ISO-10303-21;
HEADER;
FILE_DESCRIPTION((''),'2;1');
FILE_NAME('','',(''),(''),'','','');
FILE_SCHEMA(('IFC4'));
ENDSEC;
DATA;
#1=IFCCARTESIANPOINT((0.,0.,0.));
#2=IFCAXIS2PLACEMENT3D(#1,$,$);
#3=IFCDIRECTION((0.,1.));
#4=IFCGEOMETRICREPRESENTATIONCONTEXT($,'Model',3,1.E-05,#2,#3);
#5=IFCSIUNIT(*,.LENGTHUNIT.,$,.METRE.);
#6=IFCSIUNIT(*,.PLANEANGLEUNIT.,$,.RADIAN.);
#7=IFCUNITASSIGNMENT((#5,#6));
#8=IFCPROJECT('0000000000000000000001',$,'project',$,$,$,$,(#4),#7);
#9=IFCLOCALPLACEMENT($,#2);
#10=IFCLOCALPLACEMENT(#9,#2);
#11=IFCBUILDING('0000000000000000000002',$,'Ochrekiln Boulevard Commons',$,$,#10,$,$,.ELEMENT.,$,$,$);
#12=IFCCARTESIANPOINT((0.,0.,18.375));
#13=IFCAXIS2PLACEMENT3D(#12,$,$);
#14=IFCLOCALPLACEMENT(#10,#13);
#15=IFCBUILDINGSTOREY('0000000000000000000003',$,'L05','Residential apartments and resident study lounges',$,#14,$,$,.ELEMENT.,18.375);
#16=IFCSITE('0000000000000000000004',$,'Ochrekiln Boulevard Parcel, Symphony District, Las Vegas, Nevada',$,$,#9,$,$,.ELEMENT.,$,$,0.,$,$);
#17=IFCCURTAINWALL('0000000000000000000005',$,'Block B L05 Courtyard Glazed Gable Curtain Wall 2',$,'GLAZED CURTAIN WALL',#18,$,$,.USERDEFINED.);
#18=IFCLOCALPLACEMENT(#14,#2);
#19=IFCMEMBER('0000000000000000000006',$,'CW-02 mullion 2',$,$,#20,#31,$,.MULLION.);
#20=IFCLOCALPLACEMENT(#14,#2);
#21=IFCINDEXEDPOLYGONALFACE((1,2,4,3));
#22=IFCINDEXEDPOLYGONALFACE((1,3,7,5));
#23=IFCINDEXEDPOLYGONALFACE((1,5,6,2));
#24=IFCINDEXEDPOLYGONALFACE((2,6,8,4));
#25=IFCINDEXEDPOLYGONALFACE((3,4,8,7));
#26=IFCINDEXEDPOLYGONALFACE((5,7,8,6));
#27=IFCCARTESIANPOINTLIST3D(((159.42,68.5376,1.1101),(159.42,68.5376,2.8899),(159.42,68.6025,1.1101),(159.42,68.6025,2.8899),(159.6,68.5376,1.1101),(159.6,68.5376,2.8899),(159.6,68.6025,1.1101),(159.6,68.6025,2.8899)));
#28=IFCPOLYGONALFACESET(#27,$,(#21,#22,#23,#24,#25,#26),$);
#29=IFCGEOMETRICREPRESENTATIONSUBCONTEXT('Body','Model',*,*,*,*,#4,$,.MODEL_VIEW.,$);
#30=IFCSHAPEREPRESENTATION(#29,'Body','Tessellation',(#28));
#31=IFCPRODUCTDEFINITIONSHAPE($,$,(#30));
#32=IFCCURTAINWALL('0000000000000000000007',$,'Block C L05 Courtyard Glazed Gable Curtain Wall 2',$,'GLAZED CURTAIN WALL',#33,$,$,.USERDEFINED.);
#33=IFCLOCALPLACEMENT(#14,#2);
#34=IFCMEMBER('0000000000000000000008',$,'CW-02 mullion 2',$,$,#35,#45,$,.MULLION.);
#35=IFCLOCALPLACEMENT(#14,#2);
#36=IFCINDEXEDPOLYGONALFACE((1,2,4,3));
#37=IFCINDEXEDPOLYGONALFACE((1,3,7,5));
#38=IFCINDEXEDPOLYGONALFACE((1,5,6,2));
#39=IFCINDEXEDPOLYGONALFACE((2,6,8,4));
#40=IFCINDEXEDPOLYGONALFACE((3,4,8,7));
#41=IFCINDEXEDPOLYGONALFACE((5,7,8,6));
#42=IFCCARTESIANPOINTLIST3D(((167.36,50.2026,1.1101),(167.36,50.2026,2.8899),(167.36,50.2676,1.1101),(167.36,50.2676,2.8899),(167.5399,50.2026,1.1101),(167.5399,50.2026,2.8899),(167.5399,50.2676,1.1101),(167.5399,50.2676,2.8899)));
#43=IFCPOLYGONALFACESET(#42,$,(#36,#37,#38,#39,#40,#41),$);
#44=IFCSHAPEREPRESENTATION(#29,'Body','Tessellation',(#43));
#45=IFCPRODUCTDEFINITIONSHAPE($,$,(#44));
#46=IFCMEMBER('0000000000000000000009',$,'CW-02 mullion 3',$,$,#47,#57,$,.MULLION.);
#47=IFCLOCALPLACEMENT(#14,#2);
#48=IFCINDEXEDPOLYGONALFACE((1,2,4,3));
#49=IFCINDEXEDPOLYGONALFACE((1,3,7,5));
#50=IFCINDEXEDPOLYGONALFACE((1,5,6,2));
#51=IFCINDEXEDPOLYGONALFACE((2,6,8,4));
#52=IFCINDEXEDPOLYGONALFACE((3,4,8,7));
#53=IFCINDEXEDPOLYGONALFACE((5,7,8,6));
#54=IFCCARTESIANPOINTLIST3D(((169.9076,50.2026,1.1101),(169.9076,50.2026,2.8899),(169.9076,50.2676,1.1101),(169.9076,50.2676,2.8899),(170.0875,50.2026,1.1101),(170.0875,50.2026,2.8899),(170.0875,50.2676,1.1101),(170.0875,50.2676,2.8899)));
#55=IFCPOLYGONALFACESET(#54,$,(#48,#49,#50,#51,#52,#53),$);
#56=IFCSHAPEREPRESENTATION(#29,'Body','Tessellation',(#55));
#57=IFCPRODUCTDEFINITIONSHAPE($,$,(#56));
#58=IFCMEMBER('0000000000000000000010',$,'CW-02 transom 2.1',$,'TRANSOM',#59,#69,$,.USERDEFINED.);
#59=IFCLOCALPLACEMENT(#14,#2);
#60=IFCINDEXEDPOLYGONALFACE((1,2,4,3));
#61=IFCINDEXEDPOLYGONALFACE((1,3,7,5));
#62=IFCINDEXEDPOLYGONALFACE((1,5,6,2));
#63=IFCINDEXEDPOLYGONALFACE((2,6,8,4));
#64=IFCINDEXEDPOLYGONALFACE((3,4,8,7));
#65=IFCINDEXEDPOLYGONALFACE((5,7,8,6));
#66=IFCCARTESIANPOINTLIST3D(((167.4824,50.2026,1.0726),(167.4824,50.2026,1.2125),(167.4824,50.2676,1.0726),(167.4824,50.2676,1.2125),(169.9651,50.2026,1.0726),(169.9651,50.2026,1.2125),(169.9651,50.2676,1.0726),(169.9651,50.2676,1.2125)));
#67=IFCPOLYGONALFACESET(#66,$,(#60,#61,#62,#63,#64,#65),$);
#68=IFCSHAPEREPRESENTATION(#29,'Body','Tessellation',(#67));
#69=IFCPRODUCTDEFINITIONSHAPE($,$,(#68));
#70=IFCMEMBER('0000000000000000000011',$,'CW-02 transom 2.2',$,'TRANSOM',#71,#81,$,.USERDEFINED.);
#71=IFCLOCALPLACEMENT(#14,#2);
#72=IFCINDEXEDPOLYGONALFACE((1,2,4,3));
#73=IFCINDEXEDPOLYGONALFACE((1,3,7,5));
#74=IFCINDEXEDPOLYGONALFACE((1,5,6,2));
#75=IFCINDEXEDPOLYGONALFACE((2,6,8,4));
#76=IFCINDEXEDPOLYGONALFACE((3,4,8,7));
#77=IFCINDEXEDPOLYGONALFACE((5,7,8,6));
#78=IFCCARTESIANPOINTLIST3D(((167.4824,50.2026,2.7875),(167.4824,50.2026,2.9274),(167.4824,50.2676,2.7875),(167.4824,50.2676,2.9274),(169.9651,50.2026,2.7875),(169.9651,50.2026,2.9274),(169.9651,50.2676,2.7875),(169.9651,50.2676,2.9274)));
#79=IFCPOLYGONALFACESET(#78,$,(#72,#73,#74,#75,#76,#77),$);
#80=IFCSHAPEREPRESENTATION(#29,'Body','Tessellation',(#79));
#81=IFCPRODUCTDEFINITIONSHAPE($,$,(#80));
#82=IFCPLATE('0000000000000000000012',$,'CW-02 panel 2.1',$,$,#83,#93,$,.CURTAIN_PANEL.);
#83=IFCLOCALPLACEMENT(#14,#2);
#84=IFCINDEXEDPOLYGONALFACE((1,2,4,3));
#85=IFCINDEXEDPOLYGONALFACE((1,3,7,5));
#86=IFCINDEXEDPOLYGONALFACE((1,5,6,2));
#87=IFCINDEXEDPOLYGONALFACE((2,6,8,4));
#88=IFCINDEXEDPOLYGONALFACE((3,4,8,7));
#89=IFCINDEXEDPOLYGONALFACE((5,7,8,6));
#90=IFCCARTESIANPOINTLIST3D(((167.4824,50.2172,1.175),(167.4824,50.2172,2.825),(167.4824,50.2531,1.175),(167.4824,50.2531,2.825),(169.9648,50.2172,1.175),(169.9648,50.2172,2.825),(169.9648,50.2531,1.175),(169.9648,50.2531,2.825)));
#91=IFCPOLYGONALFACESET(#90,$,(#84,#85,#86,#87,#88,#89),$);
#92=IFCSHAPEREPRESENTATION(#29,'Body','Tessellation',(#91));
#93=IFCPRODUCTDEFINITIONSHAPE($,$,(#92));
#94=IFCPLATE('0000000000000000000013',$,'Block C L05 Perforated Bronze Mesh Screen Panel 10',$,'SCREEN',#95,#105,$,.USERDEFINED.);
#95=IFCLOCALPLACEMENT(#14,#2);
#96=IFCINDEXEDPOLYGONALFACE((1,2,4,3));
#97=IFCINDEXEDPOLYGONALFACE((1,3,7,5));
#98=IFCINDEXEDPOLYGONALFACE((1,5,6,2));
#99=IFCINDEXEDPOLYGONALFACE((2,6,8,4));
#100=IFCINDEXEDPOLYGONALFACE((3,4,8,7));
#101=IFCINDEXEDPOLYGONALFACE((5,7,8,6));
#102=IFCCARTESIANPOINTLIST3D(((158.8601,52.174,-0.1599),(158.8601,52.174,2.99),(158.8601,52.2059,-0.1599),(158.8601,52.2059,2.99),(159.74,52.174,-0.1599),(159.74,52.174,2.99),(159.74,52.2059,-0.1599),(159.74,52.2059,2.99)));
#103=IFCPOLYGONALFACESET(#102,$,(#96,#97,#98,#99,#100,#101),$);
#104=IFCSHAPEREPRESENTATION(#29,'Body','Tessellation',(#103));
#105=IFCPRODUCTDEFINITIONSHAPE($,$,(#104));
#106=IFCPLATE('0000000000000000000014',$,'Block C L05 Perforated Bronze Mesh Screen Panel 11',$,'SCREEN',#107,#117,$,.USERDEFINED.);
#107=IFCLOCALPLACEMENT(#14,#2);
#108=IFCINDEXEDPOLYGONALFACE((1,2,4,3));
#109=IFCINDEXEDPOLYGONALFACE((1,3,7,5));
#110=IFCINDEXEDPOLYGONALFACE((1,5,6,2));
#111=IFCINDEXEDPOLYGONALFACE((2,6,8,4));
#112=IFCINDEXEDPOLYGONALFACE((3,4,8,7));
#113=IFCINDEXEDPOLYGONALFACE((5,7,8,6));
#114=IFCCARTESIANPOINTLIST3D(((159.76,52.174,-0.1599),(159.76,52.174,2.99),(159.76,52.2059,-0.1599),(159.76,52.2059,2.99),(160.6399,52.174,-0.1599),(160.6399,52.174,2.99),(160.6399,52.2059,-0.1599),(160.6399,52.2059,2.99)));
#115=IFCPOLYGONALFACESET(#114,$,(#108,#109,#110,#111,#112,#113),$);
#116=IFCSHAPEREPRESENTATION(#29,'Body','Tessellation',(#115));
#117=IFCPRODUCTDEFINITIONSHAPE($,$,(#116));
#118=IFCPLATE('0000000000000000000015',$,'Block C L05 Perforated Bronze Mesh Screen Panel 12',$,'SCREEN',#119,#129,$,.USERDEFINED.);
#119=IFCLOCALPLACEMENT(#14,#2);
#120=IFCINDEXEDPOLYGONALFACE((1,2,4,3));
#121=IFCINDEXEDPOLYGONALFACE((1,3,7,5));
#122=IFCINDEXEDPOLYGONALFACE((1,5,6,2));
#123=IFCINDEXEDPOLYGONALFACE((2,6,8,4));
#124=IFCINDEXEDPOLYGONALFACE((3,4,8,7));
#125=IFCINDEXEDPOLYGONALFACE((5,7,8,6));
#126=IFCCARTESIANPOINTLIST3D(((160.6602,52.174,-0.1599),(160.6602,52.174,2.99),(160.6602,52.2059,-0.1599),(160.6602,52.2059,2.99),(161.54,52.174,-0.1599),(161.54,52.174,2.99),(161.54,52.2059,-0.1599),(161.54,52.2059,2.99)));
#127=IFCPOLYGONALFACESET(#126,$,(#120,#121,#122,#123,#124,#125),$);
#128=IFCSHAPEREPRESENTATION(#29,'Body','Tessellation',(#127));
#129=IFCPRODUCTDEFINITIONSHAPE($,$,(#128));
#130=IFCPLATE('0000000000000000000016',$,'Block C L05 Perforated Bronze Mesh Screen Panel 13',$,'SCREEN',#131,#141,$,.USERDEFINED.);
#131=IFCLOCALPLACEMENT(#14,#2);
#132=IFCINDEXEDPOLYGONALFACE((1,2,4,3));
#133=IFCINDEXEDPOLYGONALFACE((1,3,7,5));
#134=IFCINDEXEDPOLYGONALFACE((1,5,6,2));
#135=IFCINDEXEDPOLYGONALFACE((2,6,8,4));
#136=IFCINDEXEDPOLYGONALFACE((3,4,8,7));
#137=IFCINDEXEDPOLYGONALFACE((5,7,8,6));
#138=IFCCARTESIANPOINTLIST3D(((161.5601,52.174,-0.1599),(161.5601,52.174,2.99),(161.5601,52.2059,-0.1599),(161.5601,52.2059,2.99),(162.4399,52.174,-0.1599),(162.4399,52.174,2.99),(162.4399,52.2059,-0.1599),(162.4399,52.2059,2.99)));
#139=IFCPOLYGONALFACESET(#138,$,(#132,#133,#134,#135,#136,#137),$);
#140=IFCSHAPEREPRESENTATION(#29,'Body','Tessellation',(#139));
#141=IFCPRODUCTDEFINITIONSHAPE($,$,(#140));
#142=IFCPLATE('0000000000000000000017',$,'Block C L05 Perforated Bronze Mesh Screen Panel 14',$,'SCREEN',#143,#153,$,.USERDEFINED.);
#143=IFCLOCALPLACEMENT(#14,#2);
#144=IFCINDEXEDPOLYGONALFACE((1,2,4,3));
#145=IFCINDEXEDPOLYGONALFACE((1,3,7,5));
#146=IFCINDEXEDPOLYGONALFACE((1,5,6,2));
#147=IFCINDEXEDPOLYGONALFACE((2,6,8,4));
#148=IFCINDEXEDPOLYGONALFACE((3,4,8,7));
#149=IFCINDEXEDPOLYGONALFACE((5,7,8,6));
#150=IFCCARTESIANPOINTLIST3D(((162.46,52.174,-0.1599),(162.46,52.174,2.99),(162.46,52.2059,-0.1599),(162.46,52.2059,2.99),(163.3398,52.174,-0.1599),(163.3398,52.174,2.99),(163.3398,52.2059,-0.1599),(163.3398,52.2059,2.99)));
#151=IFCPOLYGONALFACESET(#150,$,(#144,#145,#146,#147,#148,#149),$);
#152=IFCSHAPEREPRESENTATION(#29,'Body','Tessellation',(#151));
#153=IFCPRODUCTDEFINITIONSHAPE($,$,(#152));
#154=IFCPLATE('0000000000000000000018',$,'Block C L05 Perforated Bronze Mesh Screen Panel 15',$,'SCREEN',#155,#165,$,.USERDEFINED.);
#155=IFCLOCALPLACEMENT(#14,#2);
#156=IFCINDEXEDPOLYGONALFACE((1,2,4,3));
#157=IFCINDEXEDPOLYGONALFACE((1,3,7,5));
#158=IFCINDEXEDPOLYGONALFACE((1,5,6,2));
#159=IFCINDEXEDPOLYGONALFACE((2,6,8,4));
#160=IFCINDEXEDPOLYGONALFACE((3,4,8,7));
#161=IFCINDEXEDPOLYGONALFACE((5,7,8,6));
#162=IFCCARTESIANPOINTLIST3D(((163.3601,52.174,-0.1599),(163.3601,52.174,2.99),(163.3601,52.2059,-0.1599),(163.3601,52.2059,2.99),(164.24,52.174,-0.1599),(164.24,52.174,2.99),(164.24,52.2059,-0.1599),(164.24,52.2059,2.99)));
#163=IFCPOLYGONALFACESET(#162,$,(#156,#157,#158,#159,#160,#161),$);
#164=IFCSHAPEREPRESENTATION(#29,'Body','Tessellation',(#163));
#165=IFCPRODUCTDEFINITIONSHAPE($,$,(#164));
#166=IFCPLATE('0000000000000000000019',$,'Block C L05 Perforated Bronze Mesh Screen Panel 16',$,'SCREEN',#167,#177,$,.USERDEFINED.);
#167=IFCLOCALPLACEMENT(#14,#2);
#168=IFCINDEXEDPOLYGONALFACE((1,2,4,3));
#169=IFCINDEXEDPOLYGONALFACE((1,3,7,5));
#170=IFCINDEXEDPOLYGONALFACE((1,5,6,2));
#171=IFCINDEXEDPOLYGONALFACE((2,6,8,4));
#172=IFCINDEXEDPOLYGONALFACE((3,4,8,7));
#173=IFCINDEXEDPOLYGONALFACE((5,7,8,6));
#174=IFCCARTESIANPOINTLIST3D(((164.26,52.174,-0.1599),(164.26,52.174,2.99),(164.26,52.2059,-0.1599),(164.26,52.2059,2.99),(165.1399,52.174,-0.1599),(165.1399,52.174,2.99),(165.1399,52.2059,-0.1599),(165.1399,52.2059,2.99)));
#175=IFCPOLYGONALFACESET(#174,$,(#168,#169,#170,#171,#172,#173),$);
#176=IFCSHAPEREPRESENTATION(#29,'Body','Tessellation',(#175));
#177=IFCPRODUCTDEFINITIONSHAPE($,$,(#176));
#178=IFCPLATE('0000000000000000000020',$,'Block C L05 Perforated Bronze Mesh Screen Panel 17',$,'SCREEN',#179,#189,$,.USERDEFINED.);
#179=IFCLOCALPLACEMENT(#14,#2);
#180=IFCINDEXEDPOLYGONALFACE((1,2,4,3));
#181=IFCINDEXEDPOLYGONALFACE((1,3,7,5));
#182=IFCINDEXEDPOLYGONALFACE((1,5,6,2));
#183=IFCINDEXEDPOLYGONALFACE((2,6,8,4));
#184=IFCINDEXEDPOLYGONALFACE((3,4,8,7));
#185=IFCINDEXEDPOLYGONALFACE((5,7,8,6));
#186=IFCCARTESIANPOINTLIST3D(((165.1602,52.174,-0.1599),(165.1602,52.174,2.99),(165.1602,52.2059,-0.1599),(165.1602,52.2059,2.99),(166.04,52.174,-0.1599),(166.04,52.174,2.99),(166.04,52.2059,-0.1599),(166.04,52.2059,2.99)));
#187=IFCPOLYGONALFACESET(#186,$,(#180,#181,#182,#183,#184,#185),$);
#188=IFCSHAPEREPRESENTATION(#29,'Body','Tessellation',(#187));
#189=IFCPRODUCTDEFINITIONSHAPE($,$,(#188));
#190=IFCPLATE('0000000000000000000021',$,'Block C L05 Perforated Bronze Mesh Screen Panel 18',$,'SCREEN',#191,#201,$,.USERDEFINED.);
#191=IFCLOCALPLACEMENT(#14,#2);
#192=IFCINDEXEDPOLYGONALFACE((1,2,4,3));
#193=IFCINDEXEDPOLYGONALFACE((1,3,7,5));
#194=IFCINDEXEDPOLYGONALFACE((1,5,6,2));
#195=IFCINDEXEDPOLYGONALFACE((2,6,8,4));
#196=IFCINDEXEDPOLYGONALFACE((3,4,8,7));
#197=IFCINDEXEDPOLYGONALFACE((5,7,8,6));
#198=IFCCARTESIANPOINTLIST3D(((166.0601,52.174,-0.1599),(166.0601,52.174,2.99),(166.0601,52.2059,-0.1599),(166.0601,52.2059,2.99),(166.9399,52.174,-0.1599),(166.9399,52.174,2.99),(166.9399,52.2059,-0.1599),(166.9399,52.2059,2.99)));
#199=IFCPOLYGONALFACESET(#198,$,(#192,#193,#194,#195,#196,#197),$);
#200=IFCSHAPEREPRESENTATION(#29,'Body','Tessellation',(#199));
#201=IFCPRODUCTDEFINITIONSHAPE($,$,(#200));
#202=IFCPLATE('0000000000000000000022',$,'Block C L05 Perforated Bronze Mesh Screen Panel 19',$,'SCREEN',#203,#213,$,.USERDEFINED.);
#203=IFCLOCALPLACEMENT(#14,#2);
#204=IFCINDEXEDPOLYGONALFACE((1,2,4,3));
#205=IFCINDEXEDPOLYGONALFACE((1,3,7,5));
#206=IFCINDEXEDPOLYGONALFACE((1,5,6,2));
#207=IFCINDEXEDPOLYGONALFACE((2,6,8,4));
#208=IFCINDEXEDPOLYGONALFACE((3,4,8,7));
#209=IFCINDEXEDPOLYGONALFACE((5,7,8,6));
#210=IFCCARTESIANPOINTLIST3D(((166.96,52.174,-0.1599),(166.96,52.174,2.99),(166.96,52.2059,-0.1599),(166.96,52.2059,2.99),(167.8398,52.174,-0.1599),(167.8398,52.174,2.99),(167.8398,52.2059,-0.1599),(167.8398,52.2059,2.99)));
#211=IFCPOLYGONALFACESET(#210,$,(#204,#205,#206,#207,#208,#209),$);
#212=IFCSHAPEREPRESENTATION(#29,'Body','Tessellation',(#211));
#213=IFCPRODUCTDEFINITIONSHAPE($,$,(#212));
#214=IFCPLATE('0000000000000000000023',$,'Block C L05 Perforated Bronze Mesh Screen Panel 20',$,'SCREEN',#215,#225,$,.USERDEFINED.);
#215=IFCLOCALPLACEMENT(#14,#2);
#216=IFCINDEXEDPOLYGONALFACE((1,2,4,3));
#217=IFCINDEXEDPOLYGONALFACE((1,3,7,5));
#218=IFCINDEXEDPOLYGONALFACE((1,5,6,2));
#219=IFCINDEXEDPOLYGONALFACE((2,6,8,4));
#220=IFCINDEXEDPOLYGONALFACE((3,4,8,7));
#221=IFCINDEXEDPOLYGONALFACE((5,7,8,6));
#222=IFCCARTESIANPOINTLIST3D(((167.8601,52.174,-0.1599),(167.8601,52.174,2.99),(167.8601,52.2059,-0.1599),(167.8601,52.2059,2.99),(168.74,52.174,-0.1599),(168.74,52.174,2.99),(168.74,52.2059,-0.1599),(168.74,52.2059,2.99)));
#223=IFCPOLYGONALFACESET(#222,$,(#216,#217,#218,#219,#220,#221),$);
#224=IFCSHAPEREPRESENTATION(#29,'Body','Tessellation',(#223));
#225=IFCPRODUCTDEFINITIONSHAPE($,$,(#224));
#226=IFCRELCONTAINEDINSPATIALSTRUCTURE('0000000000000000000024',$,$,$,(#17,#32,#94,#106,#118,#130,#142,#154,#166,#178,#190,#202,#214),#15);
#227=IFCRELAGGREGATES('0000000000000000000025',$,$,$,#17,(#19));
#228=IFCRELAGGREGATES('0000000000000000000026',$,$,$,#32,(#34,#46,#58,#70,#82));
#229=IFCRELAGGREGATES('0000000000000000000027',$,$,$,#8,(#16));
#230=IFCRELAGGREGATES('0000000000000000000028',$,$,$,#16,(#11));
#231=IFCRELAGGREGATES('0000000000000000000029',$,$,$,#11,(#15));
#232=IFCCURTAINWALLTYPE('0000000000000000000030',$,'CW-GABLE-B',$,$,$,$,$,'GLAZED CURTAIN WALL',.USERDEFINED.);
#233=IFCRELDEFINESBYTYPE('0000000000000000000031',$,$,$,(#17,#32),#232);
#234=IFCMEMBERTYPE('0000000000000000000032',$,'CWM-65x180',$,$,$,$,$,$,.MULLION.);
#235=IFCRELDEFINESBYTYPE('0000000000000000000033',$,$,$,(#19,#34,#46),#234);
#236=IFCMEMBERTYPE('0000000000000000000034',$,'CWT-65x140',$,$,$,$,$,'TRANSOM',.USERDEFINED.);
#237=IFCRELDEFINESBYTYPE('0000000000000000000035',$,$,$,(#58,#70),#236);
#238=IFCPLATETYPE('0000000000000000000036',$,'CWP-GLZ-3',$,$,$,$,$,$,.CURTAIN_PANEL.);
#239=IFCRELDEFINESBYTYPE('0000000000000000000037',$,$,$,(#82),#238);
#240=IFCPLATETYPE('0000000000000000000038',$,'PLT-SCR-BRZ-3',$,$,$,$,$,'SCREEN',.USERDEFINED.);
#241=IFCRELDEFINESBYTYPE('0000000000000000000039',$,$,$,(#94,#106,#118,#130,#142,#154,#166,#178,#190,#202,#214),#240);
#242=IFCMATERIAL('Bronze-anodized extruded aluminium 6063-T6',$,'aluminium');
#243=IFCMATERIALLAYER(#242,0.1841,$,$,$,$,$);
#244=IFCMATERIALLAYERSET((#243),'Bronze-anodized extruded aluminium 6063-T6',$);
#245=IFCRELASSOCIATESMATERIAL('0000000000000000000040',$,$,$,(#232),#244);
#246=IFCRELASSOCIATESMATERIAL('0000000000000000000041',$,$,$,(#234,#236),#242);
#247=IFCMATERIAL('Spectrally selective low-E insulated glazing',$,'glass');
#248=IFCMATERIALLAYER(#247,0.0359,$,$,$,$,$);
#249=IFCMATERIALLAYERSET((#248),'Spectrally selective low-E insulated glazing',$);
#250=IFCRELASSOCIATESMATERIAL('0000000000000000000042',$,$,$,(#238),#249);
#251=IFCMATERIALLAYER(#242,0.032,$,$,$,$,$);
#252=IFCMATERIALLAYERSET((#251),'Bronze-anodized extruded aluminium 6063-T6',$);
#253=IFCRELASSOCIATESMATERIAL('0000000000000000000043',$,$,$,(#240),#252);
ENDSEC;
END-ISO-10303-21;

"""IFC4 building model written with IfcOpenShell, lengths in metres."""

from ifc_helpers import new_model, si_unit, direction, frame, origin, origin_2d, place, context, subcontext, project, spatial, rectangle, extrude, material, layer, layer_set, material_profile, profile_set, type_object, element, aggregate, save


model = new_model("IFC4")

# Units and contexts
model_context = context("Model", 3, precision=1e-05, world=origin(), true_north=direction((0.0, 1.0)))
body_context = subcontext(model_context, "Body", "Model", "MODEL_VIEW")
ifc_project = project(units=[si_unit("LENGTHUNIT", "METRE"), si_unit("PLANEANGLEUNIT", "RADIAN")], contexts=[model_context])

# Site, building, storey
site_placement = place(None, origin())
site = spatial("IfcSite", under=ifc_project, at=site_placement, Name="Ochrekiln Boulevard Parcel, Symphony District, Las Vegas, Nevada", CompositionType="ELEMENT", RefElevation=0.0)
building_placement = place(site_placement, origin())
building = spatial("IfcBuilding", under=site, at=building_placement, Name="Ochrekiln Boulevard Commons", CompositionType="ELEMENT")
storey_placement = place(building_placement, frame((0.0, 0.0, 18.375)))
storey = spatial("IfcBuildingStorey", under=building, at=storey_placement, Name="L05", Description="Residential apartments and resident study lounges", CompositionType="ELEMENT", Elevation=18.375)

# Curtain wall, member
ifc_material_1 = material(Name="Bronze-anodized extruded aluminium 6063-T6", Category="aluminium")
ifc_layer_1 = layer(ifc_material_1, 0.1841)
ifc_layer_set_1 = layer_set([ifc_layer_1], Name="Bronze-anodized extruded aluminium 6063-T6")
curtain_wall_type = type_object("IfcCurtainWallType", Name="CW-GABLE-B", ElementType="GLAZED CURTAIN WALL", PredefinedType="USERDEFINED", material=ifc_layer_set_1)
curtain_wall_1_placement = place(storey_placement, origin())
curtain_wall_1 = element("IfcCurtainWall", 1, at=curtain_wall_1_placement, inside=storey, type_object=curtain_wall_type, Name="Block B L05 Courtyard Glazed Gable Curtain Wall 2", ObjectType="GLAZED CURTAIN WALL", PredefinedType="USERDEFINED")
ifc_material_profile_1 = material_profile(ifc_material_1, rectangle(XDim=0.0649, YDim=0.1799, at=origin_2d()), Name="ALU-MUL-65x180")
ifc_profile_set_1 = profile_set([ifc_material_profile_1], Name="Bronze-anodized extruded aluminium 6063-T6")
member_type_1 = type_object("IfcMemberType", Name="CWM-65x180", PredefinedType="MULLION", material=ifc_profile_set_1)
member_1_placement = place(storey_placement, frame((159.51, 68.5701, 1.1101), z_axis=(0.0, 0.0, 1.0), x_axis=(0.0, 1.0, 0.0)))
member_1 = element("IfcMember", 2, at=member_1_placement, type_object=member_type_1, Name="CW-02 mullion 2", PredefinedType="MULLION", context=body_context, shape_type="SweptSolid", body=[
    extrude(rectangle(XDim=0.0649, YDim=0.1799, at=origin_2d()), origin(), (0.0, 0.0, 1.0), 1.7798),
])
aggregate(curtain_wall_1, [member_1])

# Curtain wall, members, plate
curtain_wall_2_placement = place(storey_placement, origin())
curtain_wall_2 = element("IfcCurtainWall", 3, at=curtain_wall_2_placement, inside=storey, type_object=curtain_wall_type, Name="Block C L05 Courtyard Glazed Gable Curtain Wall 2", ObjectType="GLAZED CURTAIN WALL", PredefinedType="USERDEFINED")
member_2_placement = place(storey_placement, frame((167.45, 50.2351, 1.1101), z_axis=(0.0, 0.0, 1.0), x_axis=(0.0, 1.0, 0.0)))
member_2 = element("IfcMember", 4, at=member_2_placement, type_object=member_type_1, Name="CW-02 mullion 2", PredefinedType="MULLION", context=body_context, shape_type="SweptSolid", body=[
    extrude(rectangle(XDim=0.0649, YDim=0.1799, at=origin_2d()), origin(), (0.0, 0.0, 1.0), 1.7798),
])
member_3_placement = place(storey_placement, frame((169.9976, 50.2351, 1.1101), z_axis=(0.0, 0.0, 1.0), x_axis=(0.0, 1.0, 0.0)))
member_3 = element("IfcMember", 5, at=member_3_placement, type_object=member_type_1, Name="CW-02 mullion 3", PredefinedType="MULLION", context=body_context, shape_type="SweptSolid", body=[
    extrude(rectangle(XDim=0.0649, YDim=0.1799, at=origin_2d()), origin(), (0.0, 0.0, 1.0), 1.7798),
])
ifc_material_profile_2 = material_profile(ifc_material_1, rectangle(XDim=0.0649, YDim=0.1399, at=origin_2d()), Name="ALU-TRN-65x140")
ifc_profile_set_2 = profile_set([ifc_material_profile_2], Name="Bronze-anodized extruded aluminium 6063-T6")
member_type_2 = type_object("IfcMemberType", Name="CWT-65x140", ElementType="TRANSOM", PredefinedType="USERDEFINED", material=ifc_profile_set_2)
member_4_placement = place(storey_placement, frame((167.4824, 50.2351, 1.1426), z_axis=(1.0, 0.0, 0.0), x_axis=(0.0, 1.0, 0.0)))
member_4 = element("IfcMember", 6, at=member_4_placement, type_object=member_type_2, Name="CW-02 transom 2.1", ObjectType="TRANSOM", PredefinedType="USERDEFINED", context=body_context, shape_type="SweptSolid", body=[
    extrude(rectangle(XDim=0.0649, YDim=0.1399, at=origin_2d()), origin(), (0.0, 0.0, 1.0), 2.4827),
])
member_5_placement = place(storey_placement, frame((167.4824, 50.2351, 2.8574), z_axis=(1.0, 0.0, 0.0), x_axis=(0.0, 1.0, 0.0)))
member_5 = element("IfcMember", 7, at=member_5_placement, type_object=member_type_2, Name="CW-02 transom 2.2", ObjectType="TRANSOM", PredefinedType="USERDEFINED", context=body_context, shape_type="SweptSolid", body=[
    extrude(rectangle(XDim=0.0649, YDim=0.1399, at=origin_2d()), origin(), (0.0, 0.0, 1.0), 2.4827),
])
ifc_material_2 = material(Name="Spectrally selective low-E insulated glazing", Category="glass")
ifc_layer_2 = layer(ifc_material_2, 0.0359)
ifc_layer_set_2 = layer_set([ifc_layer_2], Name="Spectrally selective low-E insulated glazing")
plate_type_1 = type_object("IfcPlateType", Name="CWP-GLZ-3", PredefinedType="CURTAIN_PANEL", material=ifc_layer_set_2)
plate_placement = place(storey_placement, frame((168.7236, 50.2351, 1.175), z_axis=(0.0, 0.0, 1.0), x_axis=(1.0, 0.0, 0.0)))
plate = element("IfcPlate", 8, at=plate_placement, type_object=plate_type_1, Name="CW-02 panel 2.1", PredefinedType="CURTAIN_PANEL", context=body_context, shape_type="SweptSolid", body=[
    extrude(rectangle(XDim=2.4824, YDim=0.0359, at=origin_2d()), origin(), (0.0, 0.0, 1.0), 1.6499),
])
aggregate(curtain_wall_2, [member_2, member_3, member_4, member_5, plate])

# Plates
ifc_layer_3 = layer(ifc_material_1, 0.032)
ifc_layer_set_3 = layer_set([ifc_layer_3], Name="Bronze-anodized extruded aluminium 6063-T6")
plate_type_2 = type_object("IfcPlateType", Name="PLT-SCR-BRZ-3", ElementType="SCREEN", PredefinedType="USERDEFINED", material=ifc_layer_set_3)
for number, where, z_axis, x_axis, name in (
    (9, (159.3, 52.1899, -0.1599), (0.0, 0.0, 1.0), (1.0, 0.0, 0.0), "Block C L05 Perforated Bronze Mesh Screen Panel 10"),
    (10, (160.2, 52.1899, -0.1599), (0.0, 0.0, 1.0), (1.0, 0.0, 0.0), "Block C L05 Perforated Bronze Mesh Screen Panel 11"),
    (11, (161.1001, 52.1899, -0.1599), (0.0, 0.0, 1.0), (1.0, 0.0, 0.0), "Block C L05 Perforated Bronze Mesh Screen Panel 12"),
    (12, (162.0, 52.1899, -0.1599), (0.0, 0.0, 1.0), (1.0, 0.0, 0.0), "Block C L05 Perforated Bronze Mesh Screen Panel 13"),
    (13, (162.8999, 52.1899, -0.1599), (0.0, 0.0, 1.0), (1.0, 0.0, 0.0), "Block C L05 Perforated Bronze Mesh Screen Panel 14"),
    (14, (163.8, 52.1899, -0.1599), (0.0, 0.0, 1.0), (1.0, 0.0, 0.0), "Block C L05 Perforated Bronze Mesh Screen Panel 15"),
    (15, (164.7, 52.1899, -0.1599), (0.0, 0.0, 1.0), (1.0, 0.0, 0.0), "Block C L05 Perforated Bronze Mesh Screen Panel 16"),
    (16, (165.6001, 52.1899, -0.1599), (0.0, 0.0, 1.0), (1.0, 0.0, 0.0), "Block C L05 Perforated Bronze Mesh Screen Panel 17"),
    (17, (166.5, 52.1899, -0.1599), (0.0, 0.0, 1.0), (1.0, 0.0, 0.0), "Block C L05 Perforated Bronze Mesh Screen Panel 18"),
    (18, (167.3999, 52.1899, -0.1599), (0.0, 0.0, 1.0), (1.0, 0.0, 0.0), "Block C L05 Perforated Bronze Mesh Screen Panel 19"),
    (19, (168.3, 52.1899, -0.1599), (0.0, 0.0, 1.0), (1.0, 0.0, 0.0), "Block C L05 Perforated Bronze Mesh Screen Panel 20"),
):
    element("IfcPlate", number, at=place(storey_placement, frame(where, z_axis=z_axis, x_axis=x_axis)), inside=storey, type_object=plate_type_2, Name=name, ObjectType="SCREEN", PredefinedType="USERDEFINED", context=body_context, shape_type="SweptSolid", body=[
        extrude(rectangle(XDim=0.8799, YDim=0.032, at=origin_2d()), origin(), (0.0, 0.0, 1.0), 3.1499),
    ])

save(model, "model.ifc")
